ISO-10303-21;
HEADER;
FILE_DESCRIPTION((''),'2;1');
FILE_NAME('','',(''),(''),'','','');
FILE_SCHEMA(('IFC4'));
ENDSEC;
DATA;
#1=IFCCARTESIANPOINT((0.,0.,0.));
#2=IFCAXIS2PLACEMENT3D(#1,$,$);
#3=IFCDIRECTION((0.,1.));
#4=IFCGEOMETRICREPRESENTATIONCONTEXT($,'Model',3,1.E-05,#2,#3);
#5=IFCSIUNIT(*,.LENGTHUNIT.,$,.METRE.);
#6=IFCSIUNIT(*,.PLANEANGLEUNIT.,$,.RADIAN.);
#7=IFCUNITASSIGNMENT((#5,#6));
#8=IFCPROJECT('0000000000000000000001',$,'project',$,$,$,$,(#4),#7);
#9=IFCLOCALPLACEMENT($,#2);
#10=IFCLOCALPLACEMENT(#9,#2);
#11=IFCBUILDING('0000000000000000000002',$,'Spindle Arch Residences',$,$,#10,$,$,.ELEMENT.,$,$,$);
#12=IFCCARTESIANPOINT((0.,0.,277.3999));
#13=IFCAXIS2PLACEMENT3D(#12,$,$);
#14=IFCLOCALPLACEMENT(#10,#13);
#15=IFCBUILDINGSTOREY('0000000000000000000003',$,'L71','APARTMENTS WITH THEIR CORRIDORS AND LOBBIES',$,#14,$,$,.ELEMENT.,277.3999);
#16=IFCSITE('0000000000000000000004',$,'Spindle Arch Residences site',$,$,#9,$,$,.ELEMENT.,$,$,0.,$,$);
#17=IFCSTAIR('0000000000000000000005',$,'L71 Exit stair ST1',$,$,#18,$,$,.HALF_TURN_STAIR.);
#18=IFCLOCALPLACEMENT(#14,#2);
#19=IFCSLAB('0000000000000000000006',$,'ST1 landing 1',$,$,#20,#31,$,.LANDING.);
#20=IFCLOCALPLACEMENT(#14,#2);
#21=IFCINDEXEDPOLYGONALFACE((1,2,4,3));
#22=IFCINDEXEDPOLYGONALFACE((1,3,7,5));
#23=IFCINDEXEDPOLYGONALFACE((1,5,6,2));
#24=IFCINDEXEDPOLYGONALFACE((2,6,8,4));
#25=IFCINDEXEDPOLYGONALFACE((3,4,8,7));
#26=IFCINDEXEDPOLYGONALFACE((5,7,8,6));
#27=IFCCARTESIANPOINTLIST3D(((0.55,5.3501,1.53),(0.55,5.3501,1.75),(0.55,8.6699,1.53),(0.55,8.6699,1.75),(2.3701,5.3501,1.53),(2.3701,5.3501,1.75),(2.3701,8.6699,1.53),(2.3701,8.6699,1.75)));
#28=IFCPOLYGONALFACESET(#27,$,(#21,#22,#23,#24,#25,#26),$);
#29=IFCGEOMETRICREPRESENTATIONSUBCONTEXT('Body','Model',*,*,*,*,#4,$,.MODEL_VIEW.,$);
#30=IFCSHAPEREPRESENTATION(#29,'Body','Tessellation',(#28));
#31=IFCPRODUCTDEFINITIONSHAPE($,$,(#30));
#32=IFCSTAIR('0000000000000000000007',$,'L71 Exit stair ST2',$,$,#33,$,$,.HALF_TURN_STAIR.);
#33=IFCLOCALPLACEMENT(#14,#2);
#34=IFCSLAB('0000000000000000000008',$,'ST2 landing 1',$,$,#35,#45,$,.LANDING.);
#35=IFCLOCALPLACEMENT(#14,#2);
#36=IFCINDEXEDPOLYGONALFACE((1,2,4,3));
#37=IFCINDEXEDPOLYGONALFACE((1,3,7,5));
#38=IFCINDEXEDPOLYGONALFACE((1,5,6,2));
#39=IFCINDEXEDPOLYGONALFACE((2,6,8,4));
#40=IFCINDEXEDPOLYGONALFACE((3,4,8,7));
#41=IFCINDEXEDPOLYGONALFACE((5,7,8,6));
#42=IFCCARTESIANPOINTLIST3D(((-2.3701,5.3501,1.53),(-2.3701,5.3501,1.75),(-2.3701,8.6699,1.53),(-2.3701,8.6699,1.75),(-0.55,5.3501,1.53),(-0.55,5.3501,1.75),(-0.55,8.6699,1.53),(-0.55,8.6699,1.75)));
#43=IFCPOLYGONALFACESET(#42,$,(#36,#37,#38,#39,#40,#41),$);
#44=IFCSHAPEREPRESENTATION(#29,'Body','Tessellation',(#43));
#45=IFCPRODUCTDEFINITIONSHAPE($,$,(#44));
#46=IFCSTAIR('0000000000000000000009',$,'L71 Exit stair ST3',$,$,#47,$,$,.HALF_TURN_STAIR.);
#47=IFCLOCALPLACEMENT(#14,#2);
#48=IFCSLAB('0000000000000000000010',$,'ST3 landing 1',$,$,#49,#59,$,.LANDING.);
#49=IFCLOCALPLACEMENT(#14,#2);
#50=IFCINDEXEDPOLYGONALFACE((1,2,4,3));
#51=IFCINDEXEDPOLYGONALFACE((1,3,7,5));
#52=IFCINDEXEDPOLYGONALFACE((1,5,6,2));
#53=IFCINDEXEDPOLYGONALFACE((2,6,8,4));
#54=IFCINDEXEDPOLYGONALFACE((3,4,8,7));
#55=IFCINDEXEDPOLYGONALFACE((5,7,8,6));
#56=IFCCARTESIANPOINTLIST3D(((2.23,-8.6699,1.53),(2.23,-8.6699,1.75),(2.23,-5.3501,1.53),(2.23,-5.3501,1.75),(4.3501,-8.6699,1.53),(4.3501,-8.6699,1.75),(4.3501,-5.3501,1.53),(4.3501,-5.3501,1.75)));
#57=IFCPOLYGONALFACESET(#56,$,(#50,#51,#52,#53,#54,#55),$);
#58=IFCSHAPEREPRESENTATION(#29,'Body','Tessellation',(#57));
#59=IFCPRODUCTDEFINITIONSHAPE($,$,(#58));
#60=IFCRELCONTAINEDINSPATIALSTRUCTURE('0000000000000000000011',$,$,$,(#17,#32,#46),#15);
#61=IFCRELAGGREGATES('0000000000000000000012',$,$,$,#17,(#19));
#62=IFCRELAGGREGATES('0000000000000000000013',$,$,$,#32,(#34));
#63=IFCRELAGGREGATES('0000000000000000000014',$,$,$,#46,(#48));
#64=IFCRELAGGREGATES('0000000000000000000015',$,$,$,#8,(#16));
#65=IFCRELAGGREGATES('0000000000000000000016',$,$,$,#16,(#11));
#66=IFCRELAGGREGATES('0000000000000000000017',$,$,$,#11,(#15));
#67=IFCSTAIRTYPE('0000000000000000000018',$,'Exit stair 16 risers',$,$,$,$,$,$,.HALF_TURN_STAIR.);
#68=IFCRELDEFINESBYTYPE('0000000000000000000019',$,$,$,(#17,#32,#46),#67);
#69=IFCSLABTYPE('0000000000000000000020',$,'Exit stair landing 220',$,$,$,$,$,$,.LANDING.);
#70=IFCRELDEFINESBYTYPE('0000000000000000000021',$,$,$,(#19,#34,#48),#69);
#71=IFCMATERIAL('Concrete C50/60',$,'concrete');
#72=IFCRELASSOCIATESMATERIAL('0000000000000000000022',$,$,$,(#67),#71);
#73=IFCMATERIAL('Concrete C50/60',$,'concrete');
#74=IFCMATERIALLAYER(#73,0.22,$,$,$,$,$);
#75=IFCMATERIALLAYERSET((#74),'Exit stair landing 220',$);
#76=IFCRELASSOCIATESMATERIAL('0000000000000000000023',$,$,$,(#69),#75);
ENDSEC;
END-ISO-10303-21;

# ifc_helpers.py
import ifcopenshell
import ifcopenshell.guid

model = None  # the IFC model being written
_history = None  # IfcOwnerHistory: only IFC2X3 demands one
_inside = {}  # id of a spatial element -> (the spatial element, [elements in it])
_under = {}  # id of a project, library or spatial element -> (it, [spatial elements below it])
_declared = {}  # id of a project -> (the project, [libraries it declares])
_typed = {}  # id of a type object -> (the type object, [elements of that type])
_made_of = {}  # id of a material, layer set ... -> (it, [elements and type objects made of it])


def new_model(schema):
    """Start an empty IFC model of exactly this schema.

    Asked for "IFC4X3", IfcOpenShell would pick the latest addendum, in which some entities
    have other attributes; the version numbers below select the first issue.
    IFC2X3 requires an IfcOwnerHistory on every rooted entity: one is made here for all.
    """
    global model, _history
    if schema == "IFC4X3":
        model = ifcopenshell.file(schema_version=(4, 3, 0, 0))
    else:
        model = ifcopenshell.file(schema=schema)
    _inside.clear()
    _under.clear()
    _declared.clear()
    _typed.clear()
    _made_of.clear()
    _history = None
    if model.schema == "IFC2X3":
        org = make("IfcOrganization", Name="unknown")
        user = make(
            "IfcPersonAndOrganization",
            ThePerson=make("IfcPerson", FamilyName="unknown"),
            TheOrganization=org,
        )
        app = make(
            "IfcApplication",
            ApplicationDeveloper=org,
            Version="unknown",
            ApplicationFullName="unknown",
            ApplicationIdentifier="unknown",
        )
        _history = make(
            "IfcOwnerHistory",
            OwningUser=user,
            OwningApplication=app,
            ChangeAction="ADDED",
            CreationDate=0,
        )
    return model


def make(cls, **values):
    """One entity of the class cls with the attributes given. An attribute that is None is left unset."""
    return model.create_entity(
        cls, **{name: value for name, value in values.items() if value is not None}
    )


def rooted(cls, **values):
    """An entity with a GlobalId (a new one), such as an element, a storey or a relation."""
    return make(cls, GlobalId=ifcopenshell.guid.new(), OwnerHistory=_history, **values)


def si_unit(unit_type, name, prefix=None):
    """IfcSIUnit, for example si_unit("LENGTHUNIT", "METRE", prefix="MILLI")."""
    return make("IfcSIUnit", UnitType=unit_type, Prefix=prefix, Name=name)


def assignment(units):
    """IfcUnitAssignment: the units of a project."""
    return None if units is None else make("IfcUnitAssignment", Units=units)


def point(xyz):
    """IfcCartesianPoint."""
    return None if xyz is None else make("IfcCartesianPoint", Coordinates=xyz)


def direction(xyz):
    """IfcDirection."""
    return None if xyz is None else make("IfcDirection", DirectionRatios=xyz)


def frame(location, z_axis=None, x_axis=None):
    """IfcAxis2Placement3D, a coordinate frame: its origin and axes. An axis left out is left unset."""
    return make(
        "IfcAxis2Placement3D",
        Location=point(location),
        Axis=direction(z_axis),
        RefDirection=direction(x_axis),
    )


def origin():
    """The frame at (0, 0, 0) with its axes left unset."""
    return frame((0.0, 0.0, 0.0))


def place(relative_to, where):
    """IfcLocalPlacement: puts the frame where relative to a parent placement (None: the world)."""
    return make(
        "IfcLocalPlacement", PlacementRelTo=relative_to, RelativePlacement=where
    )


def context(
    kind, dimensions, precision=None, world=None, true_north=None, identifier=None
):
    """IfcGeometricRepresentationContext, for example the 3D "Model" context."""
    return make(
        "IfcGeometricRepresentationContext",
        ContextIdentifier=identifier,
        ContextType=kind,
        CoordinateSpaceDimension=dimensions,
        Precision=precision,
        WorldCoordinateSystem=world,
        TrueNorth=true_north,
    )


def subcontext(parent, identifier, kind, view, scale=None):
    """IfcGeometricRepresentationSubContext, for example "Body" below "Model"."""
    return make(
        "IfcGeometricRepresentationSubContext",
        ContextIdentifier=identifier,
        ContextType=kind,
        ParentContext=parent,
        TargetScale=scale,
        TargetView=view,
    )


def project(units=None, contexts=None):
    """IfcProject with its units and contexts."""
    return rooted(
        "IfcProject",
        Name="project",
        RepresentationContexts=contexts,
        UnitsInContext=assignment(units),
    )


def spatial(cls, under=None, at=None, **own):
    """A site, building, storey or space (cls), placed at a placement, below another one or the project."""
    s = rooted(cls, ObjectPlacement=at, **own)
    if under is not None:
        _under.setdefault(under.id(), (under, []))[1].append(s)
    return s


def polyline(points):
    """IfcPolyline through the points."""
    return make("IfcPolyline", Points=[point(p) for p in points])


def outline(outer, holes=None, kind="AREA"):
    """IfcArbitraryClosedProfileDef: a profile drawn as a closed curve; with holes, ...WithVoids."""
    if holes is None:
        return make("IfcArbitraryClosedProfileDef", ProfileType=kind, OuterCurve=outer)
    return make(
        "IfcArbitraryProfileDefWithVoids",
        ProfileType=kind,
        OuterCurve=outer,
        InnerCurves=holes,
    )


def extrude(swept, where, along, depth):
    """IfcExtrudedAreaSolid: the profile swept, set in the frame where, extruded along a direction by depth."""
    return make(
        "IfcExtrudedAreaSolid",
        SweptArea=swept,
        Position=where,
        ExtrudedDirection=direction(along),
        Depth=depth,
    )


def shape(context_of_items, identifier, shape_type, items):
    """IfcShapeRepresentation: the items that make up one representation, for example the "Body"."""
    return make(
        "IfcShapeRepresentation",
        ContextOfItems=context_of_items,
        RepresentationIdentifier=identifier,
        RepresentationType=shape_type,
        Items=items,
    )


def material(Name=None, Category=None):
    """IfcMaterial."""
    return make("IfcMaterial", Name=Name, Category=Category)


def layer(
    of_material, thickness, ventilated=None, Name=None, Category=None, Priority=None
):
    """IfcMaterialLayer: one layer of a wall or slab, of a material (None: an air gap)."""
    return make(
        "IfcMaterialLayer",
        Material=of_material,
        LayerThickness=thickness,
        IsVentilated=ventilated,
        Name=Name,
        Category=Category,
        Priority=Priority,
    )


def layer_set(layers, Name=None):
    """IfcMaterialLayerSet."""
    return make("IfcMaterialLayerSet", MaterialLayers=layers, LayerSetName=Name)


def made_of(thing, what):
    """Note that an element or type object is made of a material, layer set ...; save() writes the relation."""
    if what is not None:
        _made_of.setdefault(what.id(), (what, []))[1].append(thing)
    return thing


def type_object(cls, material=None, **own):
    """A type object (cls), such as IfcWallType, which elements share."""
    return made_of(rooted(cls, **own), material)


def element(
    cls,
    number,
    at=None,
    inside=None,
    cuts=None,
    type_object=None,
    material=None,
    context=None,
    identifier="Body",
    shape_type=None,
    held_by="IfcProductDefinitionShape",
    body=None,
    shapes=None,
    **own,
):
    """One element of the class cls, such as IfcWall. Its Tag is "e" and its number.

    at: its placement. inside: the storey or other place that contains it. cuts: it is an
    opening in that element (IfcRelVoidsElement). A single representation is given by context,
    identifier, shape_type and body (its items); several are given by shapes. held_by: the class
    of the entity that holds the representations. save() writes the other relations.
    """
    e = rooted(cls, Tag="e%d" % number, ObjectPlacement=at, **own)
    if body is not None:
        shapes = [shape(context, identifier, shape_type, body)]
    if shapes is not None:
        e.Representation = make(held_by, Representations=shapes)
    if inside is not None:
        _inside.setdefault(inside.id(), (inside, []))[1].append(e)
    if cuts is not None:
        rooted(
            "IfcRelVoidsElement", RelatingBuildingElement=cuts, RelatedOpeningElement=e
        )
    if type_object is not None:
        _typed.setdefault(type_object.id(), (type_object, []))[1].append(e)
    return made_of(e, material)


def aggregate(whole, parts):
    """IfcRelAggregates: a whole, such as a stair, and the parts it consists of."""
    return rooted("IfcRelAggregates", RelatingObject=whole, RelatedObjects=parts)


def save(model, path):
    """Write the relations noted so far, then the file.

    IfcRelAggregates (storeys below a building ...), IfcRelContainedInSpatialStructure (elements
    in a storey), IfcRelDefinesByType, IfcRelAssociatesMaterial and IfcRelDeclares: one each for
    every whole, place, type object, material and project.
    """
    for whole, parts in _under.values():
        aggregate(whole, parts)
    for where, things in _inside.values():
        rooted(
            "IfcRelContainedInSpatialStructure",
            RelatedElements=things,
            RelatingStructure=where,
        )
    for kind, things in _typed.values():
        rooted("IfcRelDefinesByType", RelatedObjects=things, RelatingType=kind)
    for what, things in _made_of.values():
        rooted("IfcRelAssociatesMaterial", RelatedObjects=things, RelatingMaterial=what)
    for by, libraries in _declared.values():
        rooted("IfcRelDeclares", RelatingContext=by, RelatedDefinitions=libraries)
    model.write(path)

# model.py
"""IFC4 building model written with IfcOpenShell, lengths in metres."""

from ifc_helpers import new_model, si_unit, direction, frame, origin, place, context, subcontext, project, spatial, polyline, outline, extrude, material, layer, layer_set, type_object, element, aggregate, save


model = new_model("IFC4")

# Units and contexts
model_context = context("Model", 3, precision=1e-05, world=origin(), true_north=direction((0.0, 1.0)))
body_context = subcontext(model_context, "Body", "Model", "MODEL_VIEW")
ifc_project = project(units=[si_unit("LENGTHUNIT", "METRE"), si_unit("PLANEANGLEUNIT", "RADIAN")], contexts=[model_context])

# Site, building, storey
site_placement = place(None, origin())
site = spatial("IfcSite", under=ifc_project, at=site_placement, Name="Spindle Arch Residences site", CompositionType="ELEMENT", RefElevation=0.0)
building_placement = place(site_placement, origin())
building = spatial("IfcBuilding", under=site, at=building_placement, Name="Spindle Arch Residences", CompositionType="ELEMENT")
storey_placement = place(building_placement, frame((0.0, 0.0, 277.3999)))
storey = spatial("IfcBuildingStorey", under=building, at=storey_placement, Name="L71", Description="APARTMENTS WITH THEIR CORRIDORS AND LOBBIES", CompositionType="ELEMENT", Elevation=277.3999)

# Stairs, slabs
ifc_material_1 = material(Name="Concrete C50/60", Category="concrete")
stair_type = type_object("IfcStairType", Name="Exit stair 16 risers", PredefinedType="HALF_TURN_STAIR", material=ifc_material_1)
stair_1_placement = place(storey_placement, origin())
stair_1 = element("IfcStair", 1, at=stair_1_placement, inside=storey, type_object=stair_type, Name="L71 Exit stair ST1", PredefinedType="HALF_TURN_STAIR")
ifc_material_2 = material(Name="Concrete C50/60", Category="concrete")
ifc_layer_1 = layer(ifc_material_2, 0.22)
ifc_layer_set_1 = layer_set([ifc_layer_1], Name="Exit stair landing 220")
slab_type_1 = type_object("IfcSlabType", Name="Exit stair landing 220", PredefinedType="LANDING", material=ifc_layer_set_1)
slab_1_placement = place(storey_placement, frame((0.0, 0.0, 1.53)))
slab_1 = element("IfcSlab", 2, at=slab_1_placement, type_object=slab_type_1, Name="ST1 landing 1", PredefinedType="LANDING", context=body_context, shape_type="SweptSolid", body=[
    extrude(outline(polyline([(2.3701, 8.6699), (0.55, 8.6699), (0.55, 5.3501), (2.3701, 5.3501), (2.3701, 8.6699)])), origin(), (0.0, 0.0, 1.0), 0.22),
])
aggregate(stair_1, [slab_1])
stair_2_placement = place(storey_placement, origin())
stair_2 = element("IfcStair", 3, at=stair_2_placement, inside=storey, type_object=stair_type, Name="L71 Exit stair ST2", PredefinedType="HALF_TURN_STAIR")
slab_2_placement = place(storey_placement, frame((0.0, 0.0, 1.53)))
slab_2 = element("IfcSlab", 4, at=slab_2_placement, type_object=slab_type_1, Name="ST2 landing 1", PredefinedType="LANDING", context=body_context, shape_type="SweptSolid", body=[
    extrude(outline(polyline([(-2.3701, 5.3501), (-0.55, 5.3501), (-0.55, 8.6699), (-2.3701, 8.6699), (-2.3701, 5.3501)])), origin(), (0.0, 0.0, 1.0), 0.22),
])
aggregate(stair_2, [slab_2])
stair_3_placement = place(storey_placement, origin())
stair_3 = element("IfcStair", 5, at=stair_3_placement, inside=storey, type_object=stair_type, Name="L71 Exit stair ST3", PredefinedType="HALF_TURN_STAIR")
slab_3_placement = place(storey_placement, frame((0.0, 0.0, 1.53)))
slab_3 = element("IfcSlab", 6, at=slab_3_placement, type_object=slab_type_1, Name="ST3 landing 1", PredefinedType="LANDING", context=body_context, shape_type="SweptSolid", body=[
    extrude(outline(polyline([(2.23, -8.6699), (4.3501, -8.6699), (4.3501, -5.3501), (2.23, -5.3501), (2.23, -8.6699)])), origin(), (0.0, 0.0, 1.0), 0.22),
])

aggregate(stair_3, [slab_3])

save(model, "model.ifc")
